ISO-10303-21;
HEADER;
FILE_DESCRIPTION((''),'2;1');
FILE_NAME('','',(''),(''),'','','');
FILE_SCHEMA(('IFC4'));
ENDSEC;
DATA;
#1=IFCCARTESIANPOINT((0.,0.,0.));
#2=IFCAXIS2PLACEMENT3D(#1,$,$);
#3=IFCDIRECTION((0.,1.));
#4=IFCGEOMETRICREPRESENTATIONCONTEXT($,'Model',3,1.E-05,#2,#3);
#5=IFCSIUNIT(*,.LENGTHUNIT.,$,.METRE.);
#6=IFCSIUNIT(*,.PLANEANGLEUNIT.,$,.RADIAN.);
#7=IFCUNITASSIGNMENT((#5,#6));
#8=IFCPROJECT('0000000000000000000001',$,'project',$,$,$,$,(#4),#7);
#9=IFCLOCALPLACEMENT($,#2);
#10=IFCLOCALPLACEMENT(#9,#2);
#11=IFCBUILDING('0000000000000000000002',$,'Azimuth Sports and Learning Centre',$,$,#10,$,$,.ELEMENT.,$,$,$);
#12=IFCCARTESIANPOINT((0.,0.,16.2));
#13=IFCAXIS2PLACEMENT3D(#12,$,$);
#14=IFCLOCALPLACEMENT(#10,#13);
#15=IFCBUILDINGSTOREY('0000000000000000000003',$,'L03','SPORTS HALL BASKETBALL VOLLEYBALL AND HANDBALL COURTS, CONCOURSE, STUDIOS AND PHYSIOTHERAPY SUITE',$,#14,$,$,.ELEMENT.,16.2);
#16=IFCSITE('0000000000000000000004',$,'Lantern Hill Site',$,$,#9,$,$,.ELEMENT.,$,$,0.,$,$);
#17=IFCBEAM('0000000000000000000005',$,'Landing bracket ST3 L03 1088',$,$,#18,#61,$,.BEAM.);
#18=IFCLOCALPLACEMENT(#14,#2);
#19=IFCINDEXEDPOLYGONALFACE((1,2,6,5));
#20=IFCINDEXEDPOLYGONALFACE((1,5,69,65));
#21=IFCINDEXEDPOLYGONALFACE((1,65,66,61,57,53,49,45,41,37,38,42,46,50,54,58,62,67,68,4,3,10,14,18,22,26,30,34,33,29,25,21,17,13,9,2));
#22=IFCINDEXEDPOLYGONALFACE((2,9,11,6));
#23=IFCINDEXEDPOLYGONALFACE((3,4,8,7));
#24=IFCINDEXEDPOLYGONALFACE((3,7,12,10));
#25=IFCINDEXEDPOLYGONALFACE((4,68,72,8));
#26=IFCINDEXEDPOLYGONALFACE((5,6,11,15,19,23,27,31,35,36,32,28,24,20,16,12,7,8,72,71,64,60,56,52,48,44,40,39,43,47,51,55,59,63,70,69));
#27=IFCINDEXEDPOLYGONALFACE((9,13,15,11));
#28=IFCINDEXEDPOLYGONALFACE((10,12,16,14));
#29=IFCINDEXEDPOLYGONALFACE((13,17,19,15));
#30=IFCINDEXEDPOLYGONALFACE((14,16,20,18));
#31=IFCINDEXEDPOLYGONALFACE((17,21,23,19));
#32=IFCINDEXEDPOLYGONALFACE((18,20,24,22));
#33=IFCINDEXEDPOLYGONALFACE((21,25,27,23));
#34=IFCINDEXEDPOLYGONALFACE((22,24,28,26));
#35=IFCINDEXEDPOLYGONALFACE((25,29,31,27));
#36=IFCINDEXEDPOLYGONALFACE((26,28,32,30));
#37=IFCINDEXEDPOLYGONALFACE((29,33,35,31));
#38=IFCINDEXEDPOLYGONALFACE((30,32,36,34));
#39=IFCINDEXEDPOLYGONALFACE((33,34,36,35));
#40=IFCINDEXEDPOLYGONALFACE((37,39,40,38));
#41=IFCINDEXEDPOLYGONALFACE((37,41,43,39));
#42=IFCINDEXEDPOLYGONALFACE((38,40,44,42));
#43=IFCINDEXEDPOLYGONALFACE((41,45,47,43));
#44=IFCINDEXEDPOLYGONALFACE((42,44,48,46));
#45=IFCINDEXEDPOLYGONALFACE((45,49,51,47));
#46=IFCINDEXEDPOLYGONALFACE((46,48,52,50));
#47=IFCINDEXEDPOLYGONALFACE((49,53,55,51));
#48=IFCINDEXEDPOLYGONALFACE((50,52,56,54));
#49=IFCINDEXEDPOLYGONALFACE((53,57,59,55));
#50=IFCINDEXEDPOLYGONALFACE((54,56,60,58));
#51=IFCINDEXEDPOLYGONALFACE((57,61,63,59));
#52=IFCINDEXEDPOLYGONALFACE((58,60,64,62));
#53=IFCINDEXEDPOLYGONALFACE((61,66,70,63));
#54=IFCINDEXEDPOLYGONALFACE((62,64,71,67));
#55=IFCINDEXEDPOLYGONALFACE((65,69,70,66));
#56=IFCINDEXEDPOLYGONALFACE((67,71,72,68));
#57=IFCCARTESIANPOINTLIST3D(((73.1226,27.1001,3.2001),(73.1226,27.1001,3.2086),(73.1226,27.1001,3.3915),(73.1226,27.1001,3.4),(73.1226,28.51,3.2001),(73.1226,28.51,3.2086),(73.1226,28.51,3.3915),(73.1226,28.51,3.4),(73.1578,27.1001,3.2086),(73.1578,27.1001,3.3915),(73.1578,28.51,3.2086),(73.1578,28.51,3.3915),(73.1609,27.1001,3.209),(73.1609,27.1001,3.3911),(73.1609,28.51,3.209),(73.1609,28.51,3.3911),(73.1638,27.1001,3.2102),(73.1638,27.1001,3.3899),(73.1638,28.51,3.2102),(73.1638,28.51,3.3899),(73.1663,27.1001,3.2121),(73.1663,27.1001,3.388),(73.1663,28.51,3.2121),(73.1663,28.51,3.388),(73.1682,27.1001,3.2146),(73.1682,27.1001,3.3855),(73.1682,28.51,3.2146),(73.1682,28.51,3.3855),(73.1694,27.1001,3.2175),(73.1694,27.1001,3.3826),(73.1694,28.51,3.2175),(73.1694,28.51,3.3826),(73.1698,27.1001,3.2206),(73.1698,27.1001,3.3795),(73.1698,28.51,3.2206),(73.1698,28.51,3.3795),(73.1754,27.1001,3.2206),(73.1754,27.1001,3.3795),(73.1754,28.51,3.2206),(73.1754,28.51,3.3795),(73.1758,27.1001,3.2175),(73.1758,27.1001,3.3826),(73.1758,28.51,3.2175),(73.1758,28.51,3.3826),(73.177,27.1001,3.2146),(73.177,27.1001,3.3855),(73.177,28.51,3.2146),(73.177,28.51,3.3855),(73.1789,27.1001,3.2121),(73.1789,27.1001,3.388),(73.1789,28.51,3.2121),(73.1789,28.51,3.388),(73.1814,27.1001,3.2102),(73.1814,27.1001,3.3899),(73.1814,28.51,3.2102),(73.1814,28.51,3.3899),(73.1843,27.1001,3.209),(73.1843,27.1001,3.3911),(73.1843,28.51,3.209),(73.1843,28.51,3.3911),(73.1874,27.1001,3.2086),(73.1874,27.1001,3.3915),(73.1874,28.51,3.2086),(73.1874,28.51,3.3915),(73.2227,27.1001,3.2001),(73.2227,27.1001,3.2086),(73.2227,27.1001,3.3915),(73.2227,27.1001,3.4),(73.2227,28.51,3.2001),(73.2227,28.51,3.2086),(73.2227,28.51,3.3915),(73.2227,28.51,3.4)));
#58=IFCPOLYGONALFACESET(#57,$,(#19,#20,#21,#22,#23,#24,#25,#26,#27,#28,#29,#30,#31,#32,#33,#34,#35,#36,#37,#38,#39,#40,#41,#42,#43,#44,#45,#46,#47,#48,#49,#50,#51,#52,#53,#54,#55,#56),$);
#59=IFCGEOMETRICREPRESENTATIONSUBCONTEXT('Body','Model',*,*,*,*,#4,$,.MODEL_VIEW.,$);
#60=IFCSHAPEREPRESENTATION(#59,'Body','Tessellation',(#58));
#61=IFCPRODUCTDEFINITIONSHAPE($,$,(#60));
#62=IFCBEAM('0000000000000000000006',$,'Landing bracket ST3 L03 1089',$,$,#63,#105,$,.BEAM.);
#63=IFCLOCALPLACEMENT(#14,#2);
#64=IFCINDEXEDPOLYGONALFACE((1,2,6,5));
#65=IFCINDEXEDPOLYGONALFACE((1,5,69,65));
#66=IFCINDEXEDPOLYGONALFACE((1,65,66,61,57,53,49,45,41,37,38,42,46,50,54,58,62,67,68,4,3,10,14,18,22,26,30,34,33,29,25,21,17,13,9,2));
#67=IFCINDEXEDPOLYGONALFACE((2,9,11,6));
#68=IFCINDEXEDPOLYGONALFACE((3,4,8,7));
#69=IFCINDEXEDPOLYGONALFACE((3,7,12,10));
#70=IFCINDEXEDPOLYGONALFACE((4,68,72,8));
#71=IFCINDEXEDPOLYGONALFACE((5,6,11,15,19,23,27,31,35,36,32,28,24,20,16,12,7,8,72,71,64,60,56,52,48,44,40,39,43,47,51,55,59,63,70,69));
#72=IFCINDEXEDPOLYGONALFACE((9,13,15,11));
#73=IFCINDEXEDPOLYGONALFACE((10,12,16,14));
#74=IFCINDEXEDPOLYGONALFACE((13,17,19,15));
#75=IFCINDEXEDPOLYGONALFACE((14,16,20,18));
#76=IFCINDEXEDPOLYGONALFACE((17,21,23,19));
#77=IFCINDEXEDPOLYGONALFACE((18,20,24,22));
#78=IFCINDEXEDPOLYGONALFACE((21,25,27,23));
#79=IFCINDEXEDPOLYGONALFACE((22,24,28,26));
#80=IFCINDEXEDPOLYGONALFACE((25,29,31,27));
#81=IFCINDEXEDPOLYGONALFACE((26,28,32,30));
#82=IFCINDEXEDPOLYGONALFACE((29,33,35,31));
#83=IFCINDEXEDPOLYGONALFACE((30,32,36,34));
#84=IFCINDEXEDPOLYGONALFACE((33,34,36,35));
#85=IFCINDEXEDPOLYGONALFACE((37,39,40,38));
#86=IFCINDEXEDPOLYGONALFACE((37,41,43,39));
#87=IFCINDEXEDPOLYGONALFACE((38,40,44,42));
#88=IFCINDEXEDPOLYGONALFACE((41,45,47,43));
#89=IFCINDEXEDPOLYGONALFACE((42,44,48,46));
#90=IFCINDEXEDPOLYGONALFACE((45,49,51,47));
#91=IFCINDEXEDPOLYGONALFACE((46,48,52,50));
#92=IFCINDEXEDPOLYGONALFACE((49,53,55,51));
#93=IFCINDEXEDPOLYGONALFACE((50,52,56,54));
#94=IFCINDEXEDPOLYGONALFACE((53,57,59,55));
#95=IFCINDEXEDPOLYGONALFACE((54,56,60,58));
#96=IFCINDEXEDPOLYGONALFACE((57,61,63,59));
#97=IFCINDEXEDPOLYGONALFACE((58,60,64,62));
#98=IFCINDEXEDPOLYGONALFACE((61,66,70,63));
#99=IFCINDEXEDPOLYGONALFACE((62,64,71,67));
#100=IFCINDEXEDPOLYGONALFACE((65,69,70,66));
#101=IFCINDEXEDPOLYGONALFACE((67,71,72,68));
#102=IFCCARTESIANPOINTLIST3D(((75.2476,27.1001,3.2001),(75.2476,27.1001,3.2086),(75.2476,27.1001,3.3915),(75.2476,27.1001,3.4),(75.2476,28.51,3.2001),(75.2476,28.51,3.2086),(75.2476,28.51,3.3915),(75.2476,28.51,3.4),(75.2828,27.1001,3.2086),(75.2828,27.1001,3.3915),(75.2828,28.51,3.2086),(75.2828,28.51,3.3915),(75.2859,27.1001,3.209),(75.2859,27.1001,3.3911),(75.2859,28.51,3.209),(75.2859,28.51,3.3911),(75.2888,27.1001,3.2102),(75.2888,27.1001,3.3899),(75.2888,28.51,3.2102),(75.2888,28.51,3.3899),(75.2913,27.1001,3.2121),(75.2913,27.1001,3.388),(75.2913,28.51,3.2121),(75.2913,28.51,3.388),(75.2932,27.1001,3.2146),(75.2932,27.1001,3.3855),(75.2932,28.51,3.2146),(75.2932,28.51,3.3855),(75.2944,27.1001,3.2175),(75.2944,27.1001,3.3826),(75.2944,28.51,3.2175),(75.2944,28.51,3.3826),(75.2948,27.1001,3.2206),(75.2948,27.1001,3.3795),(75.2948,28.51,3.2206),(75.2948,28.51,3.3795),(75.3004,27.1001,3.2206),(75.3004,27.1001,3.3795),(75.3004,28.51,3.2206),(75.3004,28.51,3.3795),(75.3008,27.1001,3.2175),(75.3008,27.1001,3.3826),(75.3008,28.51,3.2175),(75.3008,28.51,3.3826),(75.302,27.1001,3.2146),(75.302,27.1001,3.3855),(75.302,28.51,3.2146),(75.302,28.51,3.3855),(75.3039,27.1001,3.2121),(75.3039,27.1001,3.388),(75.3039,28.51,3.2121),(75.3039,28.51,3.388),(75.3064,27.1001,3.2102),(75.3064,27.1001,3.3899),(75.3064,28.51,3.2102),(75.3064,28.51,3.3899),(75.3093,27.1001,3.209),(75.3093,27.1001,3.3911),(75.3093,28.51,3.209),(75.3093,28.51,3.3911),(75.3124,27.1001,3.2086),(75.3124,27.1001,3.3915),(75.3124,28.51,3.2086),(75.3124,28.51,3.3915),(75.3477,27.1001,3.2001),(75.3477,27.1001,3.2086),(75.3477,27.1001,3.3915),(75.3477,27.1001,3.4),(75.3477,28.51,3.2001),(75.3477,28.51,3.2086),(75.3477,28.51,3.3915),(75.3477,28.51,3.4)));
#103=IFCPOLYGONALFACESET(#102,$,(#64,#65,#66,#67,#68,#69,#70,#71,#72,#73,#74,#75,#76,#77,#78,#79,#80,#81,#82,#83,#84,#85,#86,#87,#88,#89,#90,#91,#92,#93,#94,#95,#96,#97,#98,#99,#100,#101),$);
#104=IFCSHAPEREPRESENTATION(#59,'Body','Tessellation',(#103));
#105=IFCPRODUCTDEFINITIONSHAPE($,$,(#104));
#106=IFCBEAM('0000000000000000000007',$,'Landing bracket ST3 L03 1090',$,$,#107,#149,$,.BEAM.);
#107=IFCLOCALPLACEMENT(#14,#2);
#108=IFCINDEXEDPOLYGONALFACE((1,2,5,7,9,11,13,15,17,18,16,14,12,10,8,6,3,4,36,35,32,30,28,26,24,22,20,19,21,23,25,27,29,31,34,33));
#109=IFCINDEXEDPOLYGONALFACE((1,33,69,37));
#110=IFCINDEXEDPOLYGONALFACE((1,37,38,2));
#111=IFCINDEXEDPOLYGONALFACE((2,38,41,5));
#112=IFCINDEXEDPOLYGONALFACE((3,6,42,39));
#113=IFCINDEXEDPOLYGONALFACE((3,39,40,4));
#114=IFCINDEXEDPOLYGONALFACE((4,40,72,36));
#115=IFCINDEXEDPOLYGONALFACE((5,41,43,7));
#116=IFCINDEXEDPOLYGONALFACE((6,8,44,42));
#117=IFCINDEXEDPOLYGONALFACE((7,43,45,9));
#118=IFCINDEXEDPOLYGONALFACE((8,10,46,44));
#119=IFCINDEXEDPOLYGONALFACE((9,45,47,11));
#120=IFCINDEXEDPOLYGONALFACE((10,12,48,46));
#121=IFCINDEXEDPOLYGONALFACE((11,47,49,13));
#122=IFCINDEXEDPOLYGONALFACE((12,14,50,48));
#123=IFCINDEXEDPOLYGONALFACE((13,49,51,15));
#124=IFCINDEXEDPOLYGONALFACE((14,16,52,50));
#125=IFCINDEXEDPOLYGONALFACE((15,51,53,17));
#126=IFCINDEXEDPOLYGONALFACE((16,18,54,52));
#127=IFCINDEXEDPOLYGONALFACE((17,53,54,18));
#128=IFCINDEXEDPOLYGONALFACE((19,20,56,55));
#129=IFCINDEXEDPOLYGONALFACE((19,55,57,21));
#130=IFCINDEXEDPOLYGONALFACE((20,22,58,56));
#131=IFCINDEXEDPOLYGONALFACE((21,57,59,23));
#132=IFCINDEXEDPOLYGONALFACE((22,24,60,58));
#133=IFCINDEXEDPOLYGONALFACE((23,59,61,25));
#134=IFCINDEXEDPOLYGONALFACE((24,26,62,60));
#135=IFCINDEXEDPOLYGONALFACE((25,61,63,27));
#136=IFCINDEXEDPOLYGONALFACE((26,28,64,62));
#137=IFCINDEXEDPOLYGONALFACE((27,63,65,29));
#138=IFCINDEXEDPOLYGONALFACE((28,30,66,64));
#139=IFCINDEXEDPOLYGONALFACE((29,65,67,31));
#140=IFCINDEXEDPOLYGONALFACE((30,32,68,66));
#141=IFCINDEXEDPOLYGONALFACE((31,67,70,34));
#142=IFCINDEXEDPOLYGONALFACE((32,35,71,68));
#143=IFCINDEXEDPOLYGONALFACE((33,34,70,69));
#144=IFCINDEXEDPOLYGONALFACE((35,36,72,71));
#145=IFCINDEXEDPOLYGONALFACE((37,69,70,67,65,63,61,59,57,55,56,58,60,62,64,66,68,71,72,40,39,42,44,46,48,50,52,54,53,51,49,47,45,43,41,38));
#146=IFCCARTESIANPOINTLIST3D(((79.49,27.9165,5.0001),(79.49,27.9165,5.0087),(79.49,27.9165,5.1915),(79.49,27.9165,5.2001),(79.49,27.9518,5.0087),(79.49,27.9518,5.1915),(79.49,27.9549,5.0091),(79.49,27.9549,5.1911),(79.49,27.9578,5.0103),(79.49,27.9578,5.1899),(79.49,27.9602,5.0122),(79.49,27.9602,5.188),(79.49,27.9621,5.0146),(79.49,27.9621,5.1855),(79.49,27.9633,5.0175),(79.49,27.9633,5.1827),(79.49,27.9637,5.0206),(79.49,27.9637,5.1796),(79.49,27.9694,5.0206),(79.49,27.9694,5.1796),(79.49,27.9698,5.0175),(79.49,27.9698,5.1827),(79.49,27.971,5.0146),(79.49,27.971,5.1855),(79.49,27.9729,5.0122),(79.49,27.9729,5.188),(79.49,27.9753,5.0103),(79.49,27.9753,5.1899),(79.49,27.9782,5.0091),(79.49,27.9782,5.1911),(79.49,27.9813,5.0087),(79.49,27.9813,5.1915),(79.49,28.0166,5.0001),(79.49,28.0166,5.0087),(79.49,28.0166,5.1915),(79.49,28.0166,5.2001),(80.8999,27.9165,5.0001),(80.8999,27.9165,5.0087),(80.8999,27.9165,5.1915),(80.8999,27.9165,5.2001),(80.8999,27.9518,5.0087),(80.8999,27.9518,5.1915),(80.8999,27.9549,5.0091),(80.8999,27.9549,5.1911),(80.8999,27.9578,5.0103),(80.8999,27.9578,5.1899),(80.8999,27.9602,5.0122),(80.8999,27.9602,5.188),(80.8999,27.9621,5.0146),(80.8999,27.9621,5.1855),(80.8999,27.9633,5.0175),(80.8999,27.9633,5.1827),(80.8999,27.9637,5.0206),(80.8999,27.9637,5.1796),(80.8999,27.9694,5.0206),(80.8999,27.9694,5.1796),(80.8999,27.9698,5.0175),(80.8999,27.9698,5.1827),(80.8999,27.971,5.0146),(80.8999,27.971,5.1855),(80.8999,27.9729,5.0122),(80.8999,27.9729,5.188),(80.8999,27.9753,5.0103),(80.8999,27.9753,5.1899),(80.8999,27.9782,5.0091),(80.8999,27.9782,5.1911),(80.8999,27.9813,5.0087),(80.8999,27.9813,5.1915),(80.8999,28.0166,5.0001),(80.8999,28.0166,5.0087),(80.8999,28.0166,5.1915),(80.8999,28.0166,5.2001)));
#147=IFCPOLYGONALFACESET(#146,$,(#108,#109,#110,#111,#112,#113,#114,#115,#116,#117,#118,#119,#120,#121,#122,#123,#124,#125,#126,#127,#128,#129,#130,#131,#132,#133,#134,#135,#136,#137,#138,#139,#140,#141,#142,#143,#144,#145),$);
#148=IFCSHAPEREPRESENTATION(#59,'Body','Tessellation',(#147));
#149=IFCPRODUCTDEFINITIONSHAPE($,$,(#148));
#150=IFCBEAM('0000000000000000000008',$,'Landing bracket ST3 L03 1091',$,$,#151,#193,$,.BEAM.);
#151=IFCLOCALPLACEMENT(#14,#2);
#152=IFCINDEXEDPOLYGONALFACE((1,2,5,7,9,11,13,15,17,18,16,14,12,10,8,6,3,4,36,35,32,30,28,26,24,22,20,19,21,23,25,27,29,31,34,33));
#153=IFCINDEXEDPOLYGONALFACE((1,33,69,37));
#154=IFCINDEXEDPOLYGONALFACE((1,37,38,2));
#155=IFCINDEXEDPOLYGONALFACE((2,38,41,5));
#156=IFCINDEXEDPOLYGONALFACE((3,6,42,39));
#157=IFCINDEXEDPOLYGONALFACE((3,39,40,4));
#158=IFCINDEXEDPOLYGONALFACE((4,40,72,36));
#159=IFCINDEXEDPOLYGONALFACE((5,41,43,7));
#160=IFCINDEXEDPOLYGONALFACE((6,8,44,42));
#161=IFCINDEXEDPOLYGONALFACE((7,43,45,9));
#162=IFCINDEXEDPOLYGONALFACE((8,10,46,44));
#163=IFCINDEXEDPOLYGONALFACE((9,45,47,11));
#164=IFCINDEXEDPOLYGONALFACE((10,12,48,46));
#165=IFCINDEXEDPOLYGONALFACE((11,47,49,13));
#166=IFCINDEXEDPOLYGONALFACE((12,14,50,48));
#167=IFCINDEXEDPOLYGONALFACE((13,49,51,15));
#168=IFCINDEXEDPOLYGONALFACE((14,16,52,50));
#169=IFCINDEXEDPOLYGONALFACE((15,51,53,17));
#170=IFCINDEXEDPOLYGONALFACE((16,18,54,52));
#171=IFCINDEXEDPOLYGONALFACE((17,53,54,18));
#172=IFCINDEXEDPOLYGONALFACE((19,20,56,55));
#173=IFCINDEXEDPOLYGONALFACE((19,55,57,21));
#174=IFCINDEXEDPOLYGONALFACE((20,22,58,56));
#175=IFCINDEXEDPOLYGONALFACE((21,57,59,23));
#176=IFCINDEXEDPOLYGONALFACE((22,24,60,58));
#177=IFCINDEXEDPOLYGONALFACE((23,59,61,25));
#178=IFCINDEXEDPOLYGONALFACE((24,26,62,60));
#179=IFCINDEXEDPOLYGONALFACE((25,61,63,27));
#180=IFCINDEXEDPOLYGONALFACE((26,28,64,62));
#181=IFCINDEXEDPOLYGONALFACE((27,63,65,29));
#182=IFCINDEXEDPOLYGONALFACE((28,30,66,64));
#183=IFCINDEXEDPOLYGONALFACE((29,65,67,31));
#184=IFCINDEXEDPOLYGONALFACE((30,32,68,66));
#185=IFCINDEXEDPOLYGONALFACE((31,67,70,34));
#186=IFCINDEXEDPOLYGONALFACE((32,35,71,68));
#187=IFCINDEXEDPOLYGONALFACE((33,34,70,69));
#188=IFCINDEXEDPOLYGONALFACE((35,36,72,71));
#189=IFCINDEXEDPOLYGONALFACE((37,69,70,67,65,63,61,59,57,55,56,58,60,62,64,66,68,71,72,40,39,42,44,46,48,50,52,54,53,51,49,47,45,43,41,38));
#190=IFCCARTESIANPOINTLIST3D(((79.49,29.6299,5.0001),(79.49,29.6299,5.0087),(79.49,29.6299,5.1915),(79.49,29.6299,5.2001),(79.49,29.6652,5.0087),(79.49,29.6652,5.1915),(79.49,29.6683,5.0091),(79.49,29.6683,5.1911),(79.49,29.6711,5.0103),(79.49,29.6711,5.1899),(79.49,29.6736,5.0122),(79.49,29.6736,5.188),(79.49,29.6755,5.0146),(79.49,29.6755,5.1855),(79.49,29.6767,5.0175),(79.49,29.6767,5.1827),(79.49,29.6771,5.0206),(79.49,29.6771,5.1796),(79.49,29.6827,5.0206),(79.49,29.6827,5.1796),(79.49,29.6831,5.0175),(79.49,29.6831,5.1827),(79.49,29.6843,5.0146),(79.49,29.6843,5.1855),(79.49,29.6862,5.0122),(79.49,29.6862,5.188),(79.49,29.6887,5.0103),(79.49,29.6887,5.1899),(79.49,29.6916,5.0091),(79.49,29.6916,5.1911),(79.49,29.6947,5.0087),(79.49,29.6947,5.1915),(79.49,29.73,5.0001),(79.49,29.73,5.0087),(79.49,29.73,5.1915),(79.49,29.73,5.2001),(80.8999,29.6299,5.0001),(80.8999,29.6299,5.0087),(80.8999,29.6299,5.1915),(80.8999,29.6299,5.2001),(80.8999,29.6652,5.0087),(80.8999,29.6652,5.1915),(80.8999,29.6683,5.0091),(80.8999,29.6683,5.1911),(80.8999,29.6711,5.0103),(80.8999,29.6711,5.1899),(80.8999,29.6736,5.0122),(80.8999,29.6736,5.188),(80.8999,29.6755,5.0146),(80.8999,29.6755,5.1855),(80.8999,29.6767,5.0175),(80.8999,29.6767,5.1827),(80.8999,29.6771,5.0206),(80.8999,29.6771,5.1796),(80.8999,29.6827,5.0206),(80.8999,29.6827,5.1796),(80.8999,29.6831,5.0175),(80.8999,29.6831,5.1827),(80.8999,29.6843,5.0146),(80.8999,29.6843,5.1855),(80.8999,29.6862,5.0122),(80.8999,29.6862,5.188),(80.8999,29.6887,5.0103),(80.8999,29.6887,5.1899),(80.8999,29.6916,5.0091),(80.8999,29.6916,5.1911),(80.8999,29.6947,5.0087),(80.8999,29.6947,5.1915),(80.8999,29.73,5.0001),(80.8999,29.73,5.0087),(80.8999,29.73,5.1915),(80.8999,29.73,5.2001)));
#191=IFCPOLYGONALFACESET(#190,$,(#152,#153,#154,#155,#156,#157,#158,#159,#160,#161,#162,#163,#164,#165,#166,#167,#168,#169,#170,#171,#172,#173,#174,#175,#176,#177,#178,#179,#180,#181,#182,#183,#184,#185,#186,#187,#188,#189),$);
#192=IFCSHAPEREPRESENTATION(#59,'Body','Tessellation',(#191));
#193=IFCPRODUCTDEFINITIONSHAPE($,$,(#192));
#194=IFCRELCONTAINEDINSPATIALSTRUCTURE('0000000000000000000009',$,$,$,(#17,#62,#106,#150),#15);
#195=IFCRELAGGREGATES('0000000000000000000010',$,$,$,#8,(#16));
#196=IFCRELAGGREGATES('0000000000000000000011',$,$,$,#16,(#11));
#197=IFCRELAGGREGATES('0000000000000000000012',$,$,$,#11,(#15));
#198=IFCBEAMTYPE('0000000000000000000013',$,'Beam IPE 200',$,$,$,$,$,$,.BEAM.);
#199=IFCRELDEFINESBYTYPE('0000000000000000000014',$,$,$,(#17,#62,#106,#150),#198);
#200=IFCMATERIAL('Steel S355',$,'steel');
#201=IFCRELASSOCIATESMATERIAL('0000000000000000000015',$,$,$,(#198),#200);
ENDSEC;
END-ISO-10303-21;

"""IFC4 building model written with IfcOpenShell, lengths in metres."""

from ifc_helpers import new_model, si_unit, direction, frame, origin, origin_2d, place, context, subcontext, project, spatial, i_section, extrude, material, material_profile, profile_set, type_object, element, save


model = new_model("IFC4")

# Units and contexts
model_context = context("Model", 3, precision=1e-05, world=origin(), true_north=direction((0.0, 1.0)))
body_context = subcontext(model_context, "Body", "Model", "MODEL_VIEW")
ifc_project = project(units=[si_unit("LENGTHUNIT", "METRE"), si_unit("PLANEANGLEUNIT", "RADIAN")], contexts=[model_context])

# Site, building, storey
site_placement = place(None, origin())
site = spatial("IfcSite", under=ifc_project, at=site_placement, Name="Lantern Hill Site", CompositionType="ELEMENT", RefElevation=0.0)
building_placement = place(site_placement, origin())
building = spatial("IfcBuilding", under=site, at=building_placement, Name="Azimuth Sports and Learning Centre", CompositionType="ELEMENT")
storey_placement = place(building_placement, frame((0.0, 0.0, 16.2)))
storey = spatial("IfcBuildingStorey", under=building, at=storey_placement, Name="L03", Description="SPORTS HALL BASKETBALL VOLLEYBALL AND HANDBALL COURTS, CONCOURSE, STUDIOS AND PHYSIOTHERAPY SUITE", CompositionType="ELEMENT", Elevation=16.2)

# Beams
ifc_material_1 = material(Name="Steel S355", Category="steel")
ifc_material_profile_1 = material_profile(ifc_material_1, i_section(OverallWidth=0.1001, OverallDepth=0.2, WebThickness=0.0056, FlangeThickness=0.0085, FilletRadius=0.012, at=origin_2d()), Name="IPE 200")
ifc_profile_set_1 = profile_set([ifc_material_profile_1], Name="Steel S355")
beam_type = type_object("IfcBeamType", Name="Beam IPE 200", PredefinedType="BEAM", material=ifc_profile_set_1)
for number, where, z_axis, x_axis, name in (
    (1, (73.1726, 27.1001, 3.3), (0.0, 1.0, 0.0), (-1.0, 0.0, 0.0), "Landing bracket ST3 L03 1088"),
    (2, (75.2976, 27.1001, 3.3), (0.0, 1.0, 0.0), (-1.0, 0.0, 0.0), "Landing bracket ST3 L03 1089"),
    (3, (80.8999, 27.9666, 5.1001), (-1.0, 0.0, 0.0), (0.0, -1.0, 0.0), "Landing bracket ST3 L03 1090"),
    (4, (80.8999, 29.6799, 5.1001), (-1.0, 0.0, 0.0), (0.0, -1.0, 0.0), "Landing bracket ST3 L03 1091"),
):
    element("IfcBeam", number, at=place(storey_placement, frame(where, z_axis=z_axis, x_axis=x_axis)), inside=storey, type_object=beam_type, Name=name, PredefinedType="BEAM", context=body_context, shape_type="SweptSolid", body=[
        extrude(i_section(OverallWidth=0.1001, OverallDepth=0.2, WebThickness=0.0056, FlangeThickness=0.0085, FilletRadius=0.012, at=origin_2d()), origin(), (0.0, 0.0, 1.0), 1.4099),
    ])

save(model, "model.ifc")
